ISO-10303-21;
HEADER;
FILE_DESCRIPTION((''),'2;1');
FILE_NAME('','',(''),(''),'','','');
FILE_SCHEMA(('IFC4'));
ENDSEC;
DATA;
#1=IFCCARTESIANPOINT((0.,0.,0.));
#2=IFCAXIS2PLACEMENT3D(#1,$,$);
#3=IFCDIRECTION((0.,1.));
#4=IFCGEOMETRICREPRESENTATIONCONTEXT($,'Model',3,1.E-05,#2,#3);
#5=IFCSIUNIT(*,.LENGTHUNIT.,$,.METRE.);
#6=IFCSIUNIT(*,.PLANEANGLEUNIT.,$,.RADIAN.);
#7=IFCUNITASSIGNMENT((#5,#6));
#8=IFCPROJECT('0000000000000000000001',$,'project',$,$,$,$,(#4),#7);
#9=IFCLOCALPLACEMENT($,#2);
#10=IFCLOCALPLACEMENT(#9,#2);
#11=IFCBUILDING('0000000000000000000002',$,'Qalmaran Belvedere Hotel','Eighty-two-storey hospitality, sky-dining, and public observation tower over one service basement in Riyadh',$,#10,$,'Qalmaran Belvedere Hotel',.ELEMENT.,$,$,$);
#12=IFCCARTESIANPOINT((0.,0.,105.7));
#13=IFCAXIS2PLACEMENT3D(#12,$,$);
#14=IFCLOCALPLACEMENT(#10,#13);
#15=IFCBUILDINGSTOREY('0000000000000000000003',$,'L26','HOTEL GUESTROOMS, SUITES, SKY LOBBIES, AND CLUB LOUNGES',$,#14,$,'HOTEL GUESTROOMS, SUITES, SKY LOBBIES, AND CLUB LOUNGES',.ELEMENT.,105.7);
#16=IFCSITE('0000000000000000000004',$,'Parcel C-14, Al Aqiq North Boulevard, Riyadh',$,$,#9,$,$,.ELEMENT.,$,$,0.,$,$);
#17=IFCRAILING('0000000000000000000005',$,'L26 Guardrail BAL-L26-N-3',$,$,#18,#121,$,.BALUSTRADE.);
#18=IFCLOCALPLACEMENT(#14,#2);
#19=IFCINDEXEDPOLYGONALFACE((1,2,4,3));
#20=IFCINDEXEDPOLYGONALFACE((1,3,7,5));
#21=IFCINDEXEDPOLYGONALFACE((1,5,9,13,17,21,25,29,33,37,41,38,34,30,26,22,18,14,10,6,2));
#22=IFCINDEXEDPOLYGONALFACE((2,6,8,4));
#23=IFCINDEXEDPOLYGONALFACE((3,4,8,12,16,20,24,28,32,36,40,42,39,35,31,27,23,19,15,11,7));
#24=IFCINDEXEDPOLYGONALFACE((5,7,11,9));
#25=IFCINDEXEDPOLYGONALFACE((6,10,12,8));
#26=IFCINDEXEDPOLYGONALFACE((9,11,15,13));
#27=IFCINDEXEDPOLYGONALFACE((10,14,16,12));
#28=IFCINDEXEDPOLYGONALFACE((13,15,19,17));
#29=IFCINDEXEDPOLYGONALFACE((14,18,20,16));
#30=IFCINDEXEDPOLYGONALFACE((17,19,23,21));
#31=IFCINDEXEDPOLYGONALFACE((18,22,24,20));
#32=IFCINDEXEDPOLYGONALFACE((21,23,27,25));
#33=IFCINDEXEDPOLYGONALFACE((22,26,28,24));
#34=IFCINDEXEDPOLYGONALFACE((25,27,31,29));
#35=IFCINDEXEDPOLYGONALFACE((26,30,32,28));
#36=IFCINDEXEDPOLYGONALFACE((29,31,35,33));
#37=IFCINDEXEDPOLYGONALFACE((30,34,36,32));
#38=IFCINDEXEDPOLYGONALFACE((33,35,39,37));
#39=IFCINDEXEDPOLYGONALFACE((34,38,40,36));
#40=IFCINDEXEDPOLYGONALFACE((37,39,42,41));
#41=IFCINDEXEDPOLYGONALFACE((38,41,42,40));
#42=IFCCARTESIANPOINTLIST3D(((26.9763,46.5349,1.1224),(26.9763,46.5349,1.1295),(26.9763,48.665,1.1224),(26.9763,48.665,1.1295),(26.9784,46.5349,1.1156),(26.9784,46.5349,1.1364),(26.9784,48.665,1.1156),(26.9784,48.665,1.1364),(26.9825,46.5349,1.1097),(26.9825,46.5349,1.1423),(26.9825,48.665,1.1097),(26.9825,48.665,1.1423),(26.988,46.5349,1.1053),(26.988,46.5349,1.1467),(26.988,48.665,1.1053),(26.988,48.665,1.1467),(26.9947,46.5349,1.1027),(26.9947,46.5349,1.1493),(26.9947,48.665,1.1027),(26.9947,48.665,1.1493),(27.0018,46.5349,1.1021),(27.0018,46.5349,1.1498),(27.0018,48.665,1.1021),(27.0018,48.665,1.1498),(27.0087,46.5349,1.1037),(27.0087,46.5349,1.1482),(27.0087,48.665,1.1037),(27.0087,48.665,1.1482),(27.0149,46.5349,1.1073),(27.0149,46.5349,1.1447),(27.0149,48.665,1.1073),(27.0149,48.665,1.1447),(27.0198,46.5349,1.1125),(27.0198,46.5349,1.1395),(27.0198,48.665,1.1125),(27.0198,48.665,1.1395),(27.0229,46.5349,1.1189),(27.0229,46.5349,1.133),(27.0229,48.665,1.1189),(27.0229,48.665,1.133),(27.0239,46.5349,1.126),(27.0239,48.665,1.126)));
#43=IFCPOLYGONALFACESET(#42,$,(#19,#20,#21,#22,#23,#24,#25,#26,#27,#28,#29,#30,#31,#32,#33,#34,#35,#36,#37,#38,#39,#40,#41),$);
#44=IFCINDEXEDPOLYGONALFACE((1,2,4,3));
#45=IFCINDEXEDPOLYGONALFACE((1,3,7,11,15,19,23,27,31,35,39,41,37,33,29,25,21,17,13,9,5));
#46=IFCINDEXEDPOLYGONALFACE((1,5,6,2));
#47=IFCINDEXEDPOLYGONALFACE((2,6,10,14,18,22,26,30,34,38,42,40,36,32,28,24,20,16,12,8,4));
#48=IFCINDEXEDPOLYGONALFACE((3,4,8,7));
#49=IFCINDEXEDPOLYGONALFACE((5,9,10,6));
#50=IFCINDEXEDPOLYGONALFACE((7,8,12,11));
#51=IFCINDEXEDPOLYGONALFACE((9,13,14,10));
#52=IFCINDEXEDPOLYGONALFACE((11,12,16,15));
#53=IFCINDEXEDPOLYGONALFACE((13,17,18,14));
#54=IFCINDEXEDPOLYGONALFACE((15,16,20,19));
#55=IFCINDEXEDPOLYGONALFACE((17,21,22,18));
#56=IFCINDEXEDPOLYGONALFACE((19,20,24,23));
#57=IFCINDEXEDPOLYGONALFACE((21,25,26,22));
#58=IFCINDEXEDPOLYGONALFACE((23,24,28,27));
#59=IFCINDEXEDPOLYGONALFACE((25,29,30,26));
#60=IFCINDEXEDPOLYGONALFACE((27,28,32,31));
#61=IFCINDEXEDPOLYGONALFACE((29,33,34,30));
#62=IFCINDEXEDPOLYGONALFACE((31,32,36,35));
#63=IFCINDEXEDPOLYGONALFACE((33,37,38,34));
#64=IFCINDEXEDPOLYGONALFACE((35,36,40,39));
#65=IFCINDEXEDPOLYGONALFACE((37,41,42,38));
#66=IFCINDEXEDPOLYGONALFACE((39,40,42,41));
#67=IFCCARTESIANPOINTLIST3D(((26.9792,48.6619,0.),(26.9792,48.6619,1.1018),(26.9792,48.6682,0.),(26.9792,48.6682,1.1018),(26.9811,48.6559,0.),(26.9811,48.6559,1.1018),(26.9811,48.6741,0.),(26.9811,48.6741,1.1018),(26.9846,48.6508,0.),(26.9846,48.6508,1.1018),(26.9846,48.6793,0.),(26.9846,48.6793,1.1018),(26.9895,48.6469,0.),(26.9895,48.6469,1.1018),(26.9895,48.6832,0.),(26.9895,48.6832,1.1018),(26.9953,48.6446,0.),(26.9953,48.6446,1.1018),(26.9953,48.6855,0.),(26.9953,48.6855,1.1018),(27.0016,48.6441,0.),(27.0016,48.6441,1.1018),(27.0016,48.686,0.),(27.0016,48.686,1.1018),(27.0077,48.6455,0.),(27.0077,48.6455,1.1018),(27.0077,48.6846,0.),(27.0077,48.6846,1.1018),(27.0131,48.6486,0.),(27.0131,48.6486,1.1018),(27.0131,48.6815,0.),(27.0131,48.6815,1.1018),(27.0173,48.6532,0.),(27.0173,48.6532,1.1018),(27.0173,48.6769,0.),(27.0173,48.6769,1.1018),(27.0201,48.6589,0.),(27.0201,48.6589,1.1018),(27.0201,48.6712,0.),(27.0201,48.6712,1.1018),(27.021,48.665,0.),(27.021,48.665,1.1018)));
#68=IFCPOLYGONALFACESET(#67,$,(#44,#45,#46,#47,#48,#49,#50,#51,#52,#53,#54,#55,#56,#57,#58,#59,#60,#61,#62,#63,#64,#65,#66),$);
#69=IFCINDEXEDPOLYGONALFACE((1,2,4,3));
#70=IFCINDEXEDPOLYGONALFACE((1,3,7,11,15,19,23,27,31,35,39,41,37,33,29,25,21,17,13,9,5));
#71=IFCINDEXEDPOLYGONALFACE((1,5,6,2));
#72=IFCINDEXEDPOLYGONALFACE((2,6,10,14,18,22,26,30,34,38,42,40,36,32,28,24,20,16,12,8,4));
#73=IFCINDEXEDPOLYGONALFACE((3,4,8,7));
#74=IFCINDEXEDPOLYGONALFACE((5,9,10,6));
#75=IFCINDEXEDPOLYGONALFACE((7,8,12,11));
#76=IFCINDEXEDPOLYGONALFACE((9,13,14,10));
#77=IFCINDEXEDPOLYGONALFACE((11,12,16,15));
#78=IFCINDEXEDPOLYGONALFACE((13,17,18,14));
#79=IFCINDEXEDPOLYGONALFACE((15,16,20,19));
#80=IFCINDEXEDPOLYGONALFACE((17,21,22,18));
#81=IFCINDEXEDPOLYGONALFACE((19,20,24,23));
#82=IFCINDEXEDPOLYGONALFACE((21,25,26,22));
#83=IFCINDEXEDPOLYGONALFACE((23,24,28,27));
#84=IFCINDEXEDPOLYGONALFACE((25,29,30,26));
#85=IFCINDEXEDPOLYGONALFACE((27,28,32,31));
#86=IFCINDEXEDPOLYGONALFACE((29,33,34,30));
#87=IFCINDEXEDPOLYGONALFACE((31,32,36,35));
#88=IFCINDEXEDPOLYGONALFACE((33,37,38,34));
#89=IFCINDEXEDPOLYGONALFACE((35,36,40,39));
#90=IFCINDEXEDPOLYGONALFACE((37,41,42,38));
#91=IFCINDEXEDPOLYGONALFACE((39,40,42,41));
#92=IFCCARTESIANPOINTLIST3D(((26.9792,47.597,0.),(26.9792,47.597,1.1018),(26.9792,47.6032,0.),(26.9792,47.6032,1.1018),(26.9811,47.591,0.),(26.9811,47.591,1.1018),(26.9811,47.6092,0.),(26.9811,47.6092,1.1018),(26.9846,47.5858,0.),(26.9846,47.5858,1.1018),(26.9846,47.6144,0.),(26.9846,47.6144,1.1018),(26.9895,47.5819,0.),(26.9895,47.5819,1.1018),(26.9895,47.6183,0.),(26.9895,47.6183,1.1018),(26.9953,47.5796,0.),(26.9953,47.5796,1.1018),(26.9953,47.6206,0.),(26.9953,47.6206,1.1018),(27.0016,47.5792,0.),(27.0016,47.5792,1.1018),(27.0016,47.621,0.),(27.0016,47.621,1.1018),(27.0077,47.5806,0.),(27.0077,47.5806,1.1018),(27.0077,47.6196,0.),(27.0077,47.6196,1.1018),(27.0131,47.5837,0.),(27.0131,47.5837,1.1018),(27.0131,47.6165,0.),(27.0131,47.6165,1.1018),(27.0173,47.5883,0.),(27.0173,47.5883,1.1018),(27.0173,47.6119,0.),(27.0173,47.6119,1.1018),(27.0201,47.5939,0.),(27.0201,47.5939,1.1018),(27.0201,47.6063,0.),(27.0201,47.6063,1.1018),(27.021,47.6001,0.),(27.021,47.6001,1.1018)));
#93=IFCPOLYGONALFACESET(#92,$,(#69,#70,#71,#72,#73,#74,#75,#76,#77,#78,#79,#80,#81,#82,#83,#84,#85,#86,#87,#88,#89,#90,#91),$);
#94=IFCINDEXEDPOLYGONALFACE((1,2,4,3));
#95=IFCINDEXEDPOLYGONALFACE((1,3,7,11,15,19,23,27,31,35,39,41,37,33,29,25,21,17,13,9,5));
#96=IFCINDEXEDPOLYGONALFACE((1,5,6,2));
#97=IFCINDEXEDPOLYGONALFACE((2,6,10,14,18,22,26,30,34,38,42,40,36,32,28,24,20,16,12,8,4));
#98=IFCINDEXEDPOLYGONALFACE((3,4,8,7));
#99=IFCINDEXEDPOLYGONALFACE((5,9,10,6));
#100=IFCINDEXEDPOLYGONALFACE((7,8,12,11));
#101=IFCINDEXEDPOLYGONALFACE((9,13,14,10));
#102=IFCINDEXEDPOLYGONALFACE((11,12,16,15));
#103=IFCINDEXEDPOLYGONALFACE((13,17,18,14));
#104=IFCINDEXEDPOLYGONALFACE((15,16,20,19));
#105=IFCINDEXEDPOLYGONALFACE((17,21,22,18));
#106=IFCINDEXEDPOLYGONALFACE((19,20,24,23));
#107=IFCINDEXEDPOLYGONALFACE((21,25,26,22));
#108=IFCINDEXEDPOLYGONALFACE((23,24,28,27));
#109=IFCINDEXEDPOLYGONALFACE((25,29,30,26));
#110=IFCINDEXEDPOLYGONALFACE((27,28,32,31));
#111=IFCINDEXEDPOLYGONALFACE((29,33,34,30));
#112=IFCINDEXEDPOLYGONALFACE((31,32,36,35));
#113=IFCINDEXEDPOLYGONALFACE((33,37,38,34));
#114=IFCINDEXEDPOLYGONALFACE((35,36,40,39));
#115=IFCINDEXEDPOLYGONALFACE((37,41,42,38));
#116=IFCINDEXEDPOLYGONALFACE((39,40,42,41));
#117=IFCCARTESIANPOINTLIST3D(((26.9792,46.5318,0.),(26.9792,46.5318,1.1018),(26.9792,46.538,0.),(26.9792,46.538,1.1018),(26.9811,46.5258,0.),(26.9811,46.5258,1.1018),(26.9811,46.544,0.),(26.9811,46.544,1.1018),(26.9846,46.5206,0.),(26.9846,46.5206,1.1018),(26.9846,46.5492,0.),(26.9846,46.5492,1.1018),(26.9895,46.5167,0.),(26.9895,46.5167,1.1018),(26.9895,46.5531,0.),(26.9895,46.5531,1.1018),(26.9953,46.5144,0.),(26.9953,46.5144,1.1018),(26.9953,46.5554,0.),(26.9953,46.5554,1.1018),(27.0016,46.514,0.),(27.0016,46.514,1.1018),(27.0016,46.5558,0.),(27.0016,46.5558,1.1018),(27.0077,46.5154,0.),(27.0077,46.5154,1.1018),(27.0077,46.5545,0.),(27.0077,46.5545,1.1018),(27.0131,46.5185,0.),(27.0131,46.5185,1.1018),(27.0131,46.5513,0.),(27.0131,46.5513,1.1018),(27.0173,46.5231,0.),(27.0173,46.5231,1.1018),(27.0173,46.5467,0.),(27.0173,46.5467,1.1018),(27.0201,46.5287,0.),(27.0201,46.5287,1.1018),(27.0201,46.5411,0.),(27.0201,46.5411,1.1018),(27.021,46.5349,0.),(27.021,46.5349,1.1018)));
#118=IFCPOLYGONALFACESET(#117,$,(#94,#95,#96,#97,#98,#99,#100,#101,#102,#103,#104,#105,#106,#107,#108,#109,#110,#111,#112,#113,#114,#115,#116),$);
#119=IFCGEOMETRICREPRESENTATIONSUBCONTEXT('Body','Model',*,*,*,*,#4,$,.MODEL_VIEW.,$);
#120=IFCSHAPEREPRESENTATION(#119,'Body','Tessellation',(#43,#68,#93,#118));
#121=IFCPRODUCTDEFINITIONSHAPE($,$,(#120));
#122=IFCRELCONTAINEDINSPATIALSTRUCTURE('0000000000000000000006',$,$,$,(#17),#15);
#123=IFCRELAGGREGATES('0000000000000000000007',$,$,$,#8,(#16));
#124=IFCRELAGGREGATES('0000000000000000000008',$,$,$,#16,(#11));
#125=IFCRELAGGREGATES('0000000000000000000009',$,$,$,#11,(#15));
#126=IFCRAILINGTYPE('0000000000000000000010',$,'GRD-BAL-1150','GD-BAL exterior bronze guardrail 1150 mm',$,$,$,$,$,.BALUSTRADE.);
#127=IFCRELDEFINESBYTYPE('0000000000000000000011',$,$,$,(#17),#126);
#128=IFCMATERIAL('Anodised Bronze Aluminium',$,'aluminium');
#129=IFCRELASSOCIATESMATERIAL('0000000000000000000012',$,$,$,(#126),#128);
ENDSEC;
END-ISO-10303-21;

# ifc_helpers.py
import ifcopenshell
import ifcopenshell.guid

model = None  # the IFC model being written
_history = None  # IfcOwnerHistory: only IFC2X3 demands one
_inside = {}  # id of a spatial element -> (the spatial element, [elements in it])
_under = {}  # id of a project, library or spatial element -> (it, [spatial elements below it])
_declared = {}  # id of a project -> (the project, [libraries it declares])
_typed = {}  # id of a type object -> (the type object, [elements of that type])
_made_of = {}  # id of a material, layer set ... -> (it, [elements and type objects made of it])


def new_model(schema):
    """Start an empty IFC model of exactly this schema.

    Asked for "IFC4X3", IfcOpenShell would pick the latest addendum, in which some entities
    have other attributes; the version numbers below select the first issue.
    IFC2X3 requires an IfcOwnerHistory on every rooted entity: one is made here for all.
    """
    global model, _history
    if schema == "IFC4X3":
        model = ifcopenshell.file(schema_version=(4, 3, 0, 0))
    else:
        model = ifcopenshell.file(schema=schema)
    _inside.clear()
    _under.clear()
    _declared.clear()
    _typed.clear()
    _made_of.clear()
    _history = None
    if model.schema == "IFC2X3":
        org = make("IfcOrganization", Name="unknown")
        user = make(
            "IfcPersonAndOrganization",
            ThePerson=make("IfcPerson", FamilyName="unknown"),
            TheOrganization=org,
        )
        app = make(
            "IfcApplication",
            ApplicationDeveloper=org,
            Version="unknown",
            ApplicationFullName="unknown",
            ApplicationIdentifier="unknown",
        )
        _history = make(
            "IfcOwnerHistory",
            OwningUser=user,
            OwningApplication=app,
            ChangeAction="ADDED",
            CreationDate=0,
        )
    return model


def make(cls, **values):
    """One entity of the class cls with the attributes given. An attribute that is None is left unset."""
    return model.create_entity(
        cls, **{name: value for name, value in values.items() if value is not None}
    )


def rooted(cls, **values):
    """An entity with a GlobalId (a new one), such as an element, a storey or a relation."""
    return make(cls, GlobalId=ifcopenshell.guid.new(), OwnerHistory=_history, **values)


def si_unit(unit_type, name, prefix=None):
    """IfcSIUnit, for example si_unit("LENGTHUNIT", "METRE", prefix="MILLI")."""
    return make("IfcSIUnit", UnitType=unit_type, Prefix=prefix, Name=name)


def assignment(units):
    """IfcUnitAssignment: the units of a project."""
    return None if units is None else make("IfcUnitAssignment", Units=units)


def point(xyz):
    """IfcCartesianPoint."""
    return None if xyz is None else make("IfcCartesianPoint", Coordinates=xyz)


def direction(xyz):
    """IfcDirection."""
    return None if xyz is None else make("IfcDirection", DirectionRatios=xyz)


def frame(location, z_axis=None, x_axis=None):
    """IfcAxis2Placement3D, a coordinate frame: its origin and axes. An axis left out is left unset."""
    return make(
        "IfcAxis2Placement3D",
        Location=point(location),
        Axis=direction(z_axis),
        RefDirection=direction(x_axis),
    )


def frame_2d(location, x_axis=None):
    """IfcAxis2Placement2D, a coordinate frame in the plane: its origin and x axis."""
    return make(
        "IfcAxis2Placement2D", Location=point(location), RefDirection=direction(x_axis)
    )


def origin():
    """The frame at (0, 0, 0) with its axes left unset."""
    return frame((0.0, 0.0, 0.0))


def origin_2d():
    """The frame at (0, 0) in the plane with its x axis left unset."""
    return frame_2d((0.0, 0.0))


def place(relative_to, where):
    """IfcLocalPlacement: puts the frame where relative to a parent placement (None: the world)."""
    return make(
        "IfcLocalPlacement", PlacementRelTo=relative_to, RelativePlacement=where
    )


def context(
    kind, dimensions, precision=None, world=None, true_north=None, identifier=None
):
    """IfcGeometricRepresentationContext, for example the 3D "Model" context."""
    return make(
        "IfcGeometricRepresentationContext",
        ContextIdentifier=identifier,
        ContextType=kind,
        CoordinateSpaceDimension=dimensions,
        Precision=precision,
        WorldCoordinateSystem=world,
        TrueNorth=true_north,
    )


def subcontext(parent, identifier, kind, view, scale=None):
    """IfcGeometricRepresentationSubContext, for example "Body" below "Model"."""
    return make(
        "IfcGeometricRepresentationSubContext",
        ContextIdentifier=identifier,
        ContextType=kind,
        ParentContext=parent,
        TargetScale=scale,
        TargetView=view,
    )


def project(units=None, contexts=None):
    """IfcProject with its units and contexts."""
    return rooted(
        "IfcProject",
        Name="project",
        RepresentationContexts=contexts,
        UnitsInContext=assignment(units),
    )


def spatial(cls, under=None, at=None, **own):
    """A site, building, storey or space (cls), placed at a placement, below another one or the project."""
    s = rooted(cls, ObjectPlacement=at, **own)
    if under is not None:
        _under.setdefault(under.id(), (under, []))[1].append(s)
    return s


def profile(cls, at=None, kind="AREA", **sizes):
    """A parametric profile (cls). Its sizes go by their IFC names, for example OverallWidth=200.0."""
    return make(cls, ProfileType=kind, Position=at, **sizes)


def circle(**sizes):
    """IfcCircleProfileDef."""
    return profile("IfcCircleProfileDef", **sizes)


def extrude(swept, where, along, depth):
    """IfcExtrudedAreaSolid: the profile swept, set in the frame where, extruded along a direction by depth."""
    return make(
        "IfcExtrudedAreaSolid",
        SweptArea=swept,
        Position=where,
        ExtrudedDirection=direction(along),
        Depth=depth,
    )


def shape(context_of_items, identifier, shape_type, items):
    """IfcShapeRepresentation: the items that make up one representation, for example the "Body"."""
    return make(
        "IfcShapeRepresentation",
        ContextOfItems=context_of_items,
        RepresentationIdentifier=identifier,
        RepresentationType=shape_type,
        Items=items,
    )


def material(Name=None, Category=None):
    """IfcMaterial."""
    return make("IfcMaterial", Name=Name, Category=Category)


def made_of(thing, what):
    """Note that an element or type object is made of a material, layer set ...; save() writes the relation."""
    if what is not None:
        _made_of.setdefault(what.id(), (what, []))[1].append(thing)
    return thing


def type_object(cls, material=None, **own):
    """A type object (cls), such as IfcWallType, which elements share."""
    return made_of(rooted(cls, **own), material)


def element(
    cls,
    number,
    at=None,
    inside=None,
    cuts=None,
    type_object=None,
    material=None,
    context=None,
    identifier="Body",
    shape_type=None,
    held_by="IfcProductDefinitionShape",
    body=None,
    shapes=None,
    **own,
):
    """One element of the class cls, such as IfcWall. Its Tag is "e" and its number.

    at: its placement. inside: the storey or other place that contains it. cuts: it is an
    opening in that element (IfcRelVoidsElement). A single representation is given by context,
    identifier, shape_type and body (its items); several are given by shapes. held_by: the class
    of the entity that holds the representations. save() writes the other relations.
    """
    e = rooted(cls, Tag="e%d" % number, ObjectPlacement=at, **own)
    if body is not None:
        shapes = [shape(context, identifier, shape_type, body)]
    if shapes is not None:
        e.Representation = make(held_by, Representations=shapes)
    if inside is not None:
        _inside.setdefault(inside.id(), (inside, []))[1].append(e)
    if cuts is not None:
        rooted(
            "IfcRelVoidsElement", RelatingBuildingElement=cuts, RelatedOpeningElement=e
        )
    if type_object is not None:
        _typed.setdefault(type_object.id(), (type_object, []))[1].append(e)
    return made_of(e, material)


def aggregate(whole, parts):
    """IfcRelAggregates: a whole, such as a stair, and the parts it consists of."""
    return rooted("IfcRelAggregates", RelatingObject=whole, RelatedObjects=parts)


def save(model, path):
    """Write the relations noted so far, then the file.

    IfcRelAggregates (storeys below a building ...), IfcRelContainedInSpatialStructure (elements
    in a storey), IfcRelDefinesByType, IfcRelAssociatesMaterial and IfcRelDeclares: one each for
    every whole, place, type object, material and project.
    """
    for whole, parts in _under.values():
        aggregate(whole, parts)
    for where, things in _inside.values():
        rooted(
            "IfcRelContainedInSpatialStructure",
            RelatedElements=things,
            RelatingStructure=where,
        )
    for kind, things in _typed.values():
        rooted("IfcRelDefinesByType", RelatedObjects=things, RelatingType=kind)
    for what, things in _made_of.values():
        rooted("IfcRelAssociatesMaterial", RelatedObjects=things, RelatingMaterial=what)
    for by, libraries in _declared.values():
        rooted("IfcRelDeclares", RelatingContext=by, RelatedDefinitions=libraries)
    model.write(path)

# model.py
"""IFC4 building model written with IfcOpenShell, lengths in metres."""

from ifc_helpers import new_model, si_unit, direction, frame, origin, origin_2d, place, context, subcontext, project, spatial, circle, extrude, material, type_object, element, save


model = new_model("IFC4")

# Units and contexts
model_context = context("Model", 3, precision=1e-05, world=origin(), true_north=direction((0.0, 1.0)))
body_context = subcontext(model_context, "Body", "Model", "MODEL_VIEW")
ifc_project = project(units=[si_unit("LENGTHUNIT", "METRE"), si_unit("PLANEANGLEUNIT", "RADIAN")], contexts=[model_context])

# Site, building, storey
site_placement = place(None, origin())
site = spatial("IfcSite", under=ifc_project, at=site_placement, Name="Parcel C-14, Al Aqiq North Boulevard, Riyadh", CompositionType="ELEMENT", RefElevation=0.0)
building_placement = place(site_placement, origin())
building = spatial("IfcBuilding", under=site, at=building_placement, Name="Qalmaran Belvedere Hotel", Description="Eighty-two-storey hospitality, sky-dining, and public observation tower over one service basement in Riyadh", LongName="Qalmaran Belvedere Hotel", CompositionType="ELEMENT")
storey_placement = place(building_placement, frame((0.0, 0.0, 105.7)))
storey = spatial("IfcBuildingStorey", under=building, at=storey_placement, Name="L26", Description="HOTEL GUESTROOMS, SUITES, SKY LOBBIES, AND CLUB LOUNGES", LongName="HOTEL GUESTROOMS, SUITES, SKY LOBBIES, AND CLUB LOUNGES", CompositionType="ELEMENT", Elevation=105.7)

# Shared definitions
ifc_material_1 = material(Name="Anodised Bronze Aluminium", Category="aluminium")

# Railing
railing_type = type_object("IfcRailingType", Name="GRD-BAL-1150", Description="GD-BAL exterior bronze guardrail 1150 mm", PredefinedType="BALUSTRADE", material=ifc_material_1)
railing_1_placement = place(storey_placement, frame((27.0, 48.665, 0.0)))
element("IfcRailing", 1, at=railing_1_placement, inside=storey, type_object=railing_type, Name="L26 Guardrail BAL-L26-N-3", PredefinedType="BALUSTRADE", context=body_context, shape_type="SweptSolid", body=[
    extrude(circle(Radius=0.0239, at=origin_2d()), frame((0.0, 0.0, 1.126), z_axis=(0.0, -1.0, 0.0), x_axis=(1.0, 0.0, 0.0)), (0.0, 0.0, 1.0), 2.1301),
    extrude(circle(Radius=0.021, at=origin_2d()), origin(), (0.0, 0.0, 1.0), 1.1018),
    extrude(circle(Radius=0.021, at=origin_2d()), frame((0.0, -1.0649, 0.0)), (0.0, 0.0, 1.0), 1.1018),
    extrude(circle(Radius=0.021, at=origin_2d()), frame((0.0, -2.1301, 0.0)), (0.0, 0.0, 1.0), 1.1018),
])

save(model, "model.ifc")
